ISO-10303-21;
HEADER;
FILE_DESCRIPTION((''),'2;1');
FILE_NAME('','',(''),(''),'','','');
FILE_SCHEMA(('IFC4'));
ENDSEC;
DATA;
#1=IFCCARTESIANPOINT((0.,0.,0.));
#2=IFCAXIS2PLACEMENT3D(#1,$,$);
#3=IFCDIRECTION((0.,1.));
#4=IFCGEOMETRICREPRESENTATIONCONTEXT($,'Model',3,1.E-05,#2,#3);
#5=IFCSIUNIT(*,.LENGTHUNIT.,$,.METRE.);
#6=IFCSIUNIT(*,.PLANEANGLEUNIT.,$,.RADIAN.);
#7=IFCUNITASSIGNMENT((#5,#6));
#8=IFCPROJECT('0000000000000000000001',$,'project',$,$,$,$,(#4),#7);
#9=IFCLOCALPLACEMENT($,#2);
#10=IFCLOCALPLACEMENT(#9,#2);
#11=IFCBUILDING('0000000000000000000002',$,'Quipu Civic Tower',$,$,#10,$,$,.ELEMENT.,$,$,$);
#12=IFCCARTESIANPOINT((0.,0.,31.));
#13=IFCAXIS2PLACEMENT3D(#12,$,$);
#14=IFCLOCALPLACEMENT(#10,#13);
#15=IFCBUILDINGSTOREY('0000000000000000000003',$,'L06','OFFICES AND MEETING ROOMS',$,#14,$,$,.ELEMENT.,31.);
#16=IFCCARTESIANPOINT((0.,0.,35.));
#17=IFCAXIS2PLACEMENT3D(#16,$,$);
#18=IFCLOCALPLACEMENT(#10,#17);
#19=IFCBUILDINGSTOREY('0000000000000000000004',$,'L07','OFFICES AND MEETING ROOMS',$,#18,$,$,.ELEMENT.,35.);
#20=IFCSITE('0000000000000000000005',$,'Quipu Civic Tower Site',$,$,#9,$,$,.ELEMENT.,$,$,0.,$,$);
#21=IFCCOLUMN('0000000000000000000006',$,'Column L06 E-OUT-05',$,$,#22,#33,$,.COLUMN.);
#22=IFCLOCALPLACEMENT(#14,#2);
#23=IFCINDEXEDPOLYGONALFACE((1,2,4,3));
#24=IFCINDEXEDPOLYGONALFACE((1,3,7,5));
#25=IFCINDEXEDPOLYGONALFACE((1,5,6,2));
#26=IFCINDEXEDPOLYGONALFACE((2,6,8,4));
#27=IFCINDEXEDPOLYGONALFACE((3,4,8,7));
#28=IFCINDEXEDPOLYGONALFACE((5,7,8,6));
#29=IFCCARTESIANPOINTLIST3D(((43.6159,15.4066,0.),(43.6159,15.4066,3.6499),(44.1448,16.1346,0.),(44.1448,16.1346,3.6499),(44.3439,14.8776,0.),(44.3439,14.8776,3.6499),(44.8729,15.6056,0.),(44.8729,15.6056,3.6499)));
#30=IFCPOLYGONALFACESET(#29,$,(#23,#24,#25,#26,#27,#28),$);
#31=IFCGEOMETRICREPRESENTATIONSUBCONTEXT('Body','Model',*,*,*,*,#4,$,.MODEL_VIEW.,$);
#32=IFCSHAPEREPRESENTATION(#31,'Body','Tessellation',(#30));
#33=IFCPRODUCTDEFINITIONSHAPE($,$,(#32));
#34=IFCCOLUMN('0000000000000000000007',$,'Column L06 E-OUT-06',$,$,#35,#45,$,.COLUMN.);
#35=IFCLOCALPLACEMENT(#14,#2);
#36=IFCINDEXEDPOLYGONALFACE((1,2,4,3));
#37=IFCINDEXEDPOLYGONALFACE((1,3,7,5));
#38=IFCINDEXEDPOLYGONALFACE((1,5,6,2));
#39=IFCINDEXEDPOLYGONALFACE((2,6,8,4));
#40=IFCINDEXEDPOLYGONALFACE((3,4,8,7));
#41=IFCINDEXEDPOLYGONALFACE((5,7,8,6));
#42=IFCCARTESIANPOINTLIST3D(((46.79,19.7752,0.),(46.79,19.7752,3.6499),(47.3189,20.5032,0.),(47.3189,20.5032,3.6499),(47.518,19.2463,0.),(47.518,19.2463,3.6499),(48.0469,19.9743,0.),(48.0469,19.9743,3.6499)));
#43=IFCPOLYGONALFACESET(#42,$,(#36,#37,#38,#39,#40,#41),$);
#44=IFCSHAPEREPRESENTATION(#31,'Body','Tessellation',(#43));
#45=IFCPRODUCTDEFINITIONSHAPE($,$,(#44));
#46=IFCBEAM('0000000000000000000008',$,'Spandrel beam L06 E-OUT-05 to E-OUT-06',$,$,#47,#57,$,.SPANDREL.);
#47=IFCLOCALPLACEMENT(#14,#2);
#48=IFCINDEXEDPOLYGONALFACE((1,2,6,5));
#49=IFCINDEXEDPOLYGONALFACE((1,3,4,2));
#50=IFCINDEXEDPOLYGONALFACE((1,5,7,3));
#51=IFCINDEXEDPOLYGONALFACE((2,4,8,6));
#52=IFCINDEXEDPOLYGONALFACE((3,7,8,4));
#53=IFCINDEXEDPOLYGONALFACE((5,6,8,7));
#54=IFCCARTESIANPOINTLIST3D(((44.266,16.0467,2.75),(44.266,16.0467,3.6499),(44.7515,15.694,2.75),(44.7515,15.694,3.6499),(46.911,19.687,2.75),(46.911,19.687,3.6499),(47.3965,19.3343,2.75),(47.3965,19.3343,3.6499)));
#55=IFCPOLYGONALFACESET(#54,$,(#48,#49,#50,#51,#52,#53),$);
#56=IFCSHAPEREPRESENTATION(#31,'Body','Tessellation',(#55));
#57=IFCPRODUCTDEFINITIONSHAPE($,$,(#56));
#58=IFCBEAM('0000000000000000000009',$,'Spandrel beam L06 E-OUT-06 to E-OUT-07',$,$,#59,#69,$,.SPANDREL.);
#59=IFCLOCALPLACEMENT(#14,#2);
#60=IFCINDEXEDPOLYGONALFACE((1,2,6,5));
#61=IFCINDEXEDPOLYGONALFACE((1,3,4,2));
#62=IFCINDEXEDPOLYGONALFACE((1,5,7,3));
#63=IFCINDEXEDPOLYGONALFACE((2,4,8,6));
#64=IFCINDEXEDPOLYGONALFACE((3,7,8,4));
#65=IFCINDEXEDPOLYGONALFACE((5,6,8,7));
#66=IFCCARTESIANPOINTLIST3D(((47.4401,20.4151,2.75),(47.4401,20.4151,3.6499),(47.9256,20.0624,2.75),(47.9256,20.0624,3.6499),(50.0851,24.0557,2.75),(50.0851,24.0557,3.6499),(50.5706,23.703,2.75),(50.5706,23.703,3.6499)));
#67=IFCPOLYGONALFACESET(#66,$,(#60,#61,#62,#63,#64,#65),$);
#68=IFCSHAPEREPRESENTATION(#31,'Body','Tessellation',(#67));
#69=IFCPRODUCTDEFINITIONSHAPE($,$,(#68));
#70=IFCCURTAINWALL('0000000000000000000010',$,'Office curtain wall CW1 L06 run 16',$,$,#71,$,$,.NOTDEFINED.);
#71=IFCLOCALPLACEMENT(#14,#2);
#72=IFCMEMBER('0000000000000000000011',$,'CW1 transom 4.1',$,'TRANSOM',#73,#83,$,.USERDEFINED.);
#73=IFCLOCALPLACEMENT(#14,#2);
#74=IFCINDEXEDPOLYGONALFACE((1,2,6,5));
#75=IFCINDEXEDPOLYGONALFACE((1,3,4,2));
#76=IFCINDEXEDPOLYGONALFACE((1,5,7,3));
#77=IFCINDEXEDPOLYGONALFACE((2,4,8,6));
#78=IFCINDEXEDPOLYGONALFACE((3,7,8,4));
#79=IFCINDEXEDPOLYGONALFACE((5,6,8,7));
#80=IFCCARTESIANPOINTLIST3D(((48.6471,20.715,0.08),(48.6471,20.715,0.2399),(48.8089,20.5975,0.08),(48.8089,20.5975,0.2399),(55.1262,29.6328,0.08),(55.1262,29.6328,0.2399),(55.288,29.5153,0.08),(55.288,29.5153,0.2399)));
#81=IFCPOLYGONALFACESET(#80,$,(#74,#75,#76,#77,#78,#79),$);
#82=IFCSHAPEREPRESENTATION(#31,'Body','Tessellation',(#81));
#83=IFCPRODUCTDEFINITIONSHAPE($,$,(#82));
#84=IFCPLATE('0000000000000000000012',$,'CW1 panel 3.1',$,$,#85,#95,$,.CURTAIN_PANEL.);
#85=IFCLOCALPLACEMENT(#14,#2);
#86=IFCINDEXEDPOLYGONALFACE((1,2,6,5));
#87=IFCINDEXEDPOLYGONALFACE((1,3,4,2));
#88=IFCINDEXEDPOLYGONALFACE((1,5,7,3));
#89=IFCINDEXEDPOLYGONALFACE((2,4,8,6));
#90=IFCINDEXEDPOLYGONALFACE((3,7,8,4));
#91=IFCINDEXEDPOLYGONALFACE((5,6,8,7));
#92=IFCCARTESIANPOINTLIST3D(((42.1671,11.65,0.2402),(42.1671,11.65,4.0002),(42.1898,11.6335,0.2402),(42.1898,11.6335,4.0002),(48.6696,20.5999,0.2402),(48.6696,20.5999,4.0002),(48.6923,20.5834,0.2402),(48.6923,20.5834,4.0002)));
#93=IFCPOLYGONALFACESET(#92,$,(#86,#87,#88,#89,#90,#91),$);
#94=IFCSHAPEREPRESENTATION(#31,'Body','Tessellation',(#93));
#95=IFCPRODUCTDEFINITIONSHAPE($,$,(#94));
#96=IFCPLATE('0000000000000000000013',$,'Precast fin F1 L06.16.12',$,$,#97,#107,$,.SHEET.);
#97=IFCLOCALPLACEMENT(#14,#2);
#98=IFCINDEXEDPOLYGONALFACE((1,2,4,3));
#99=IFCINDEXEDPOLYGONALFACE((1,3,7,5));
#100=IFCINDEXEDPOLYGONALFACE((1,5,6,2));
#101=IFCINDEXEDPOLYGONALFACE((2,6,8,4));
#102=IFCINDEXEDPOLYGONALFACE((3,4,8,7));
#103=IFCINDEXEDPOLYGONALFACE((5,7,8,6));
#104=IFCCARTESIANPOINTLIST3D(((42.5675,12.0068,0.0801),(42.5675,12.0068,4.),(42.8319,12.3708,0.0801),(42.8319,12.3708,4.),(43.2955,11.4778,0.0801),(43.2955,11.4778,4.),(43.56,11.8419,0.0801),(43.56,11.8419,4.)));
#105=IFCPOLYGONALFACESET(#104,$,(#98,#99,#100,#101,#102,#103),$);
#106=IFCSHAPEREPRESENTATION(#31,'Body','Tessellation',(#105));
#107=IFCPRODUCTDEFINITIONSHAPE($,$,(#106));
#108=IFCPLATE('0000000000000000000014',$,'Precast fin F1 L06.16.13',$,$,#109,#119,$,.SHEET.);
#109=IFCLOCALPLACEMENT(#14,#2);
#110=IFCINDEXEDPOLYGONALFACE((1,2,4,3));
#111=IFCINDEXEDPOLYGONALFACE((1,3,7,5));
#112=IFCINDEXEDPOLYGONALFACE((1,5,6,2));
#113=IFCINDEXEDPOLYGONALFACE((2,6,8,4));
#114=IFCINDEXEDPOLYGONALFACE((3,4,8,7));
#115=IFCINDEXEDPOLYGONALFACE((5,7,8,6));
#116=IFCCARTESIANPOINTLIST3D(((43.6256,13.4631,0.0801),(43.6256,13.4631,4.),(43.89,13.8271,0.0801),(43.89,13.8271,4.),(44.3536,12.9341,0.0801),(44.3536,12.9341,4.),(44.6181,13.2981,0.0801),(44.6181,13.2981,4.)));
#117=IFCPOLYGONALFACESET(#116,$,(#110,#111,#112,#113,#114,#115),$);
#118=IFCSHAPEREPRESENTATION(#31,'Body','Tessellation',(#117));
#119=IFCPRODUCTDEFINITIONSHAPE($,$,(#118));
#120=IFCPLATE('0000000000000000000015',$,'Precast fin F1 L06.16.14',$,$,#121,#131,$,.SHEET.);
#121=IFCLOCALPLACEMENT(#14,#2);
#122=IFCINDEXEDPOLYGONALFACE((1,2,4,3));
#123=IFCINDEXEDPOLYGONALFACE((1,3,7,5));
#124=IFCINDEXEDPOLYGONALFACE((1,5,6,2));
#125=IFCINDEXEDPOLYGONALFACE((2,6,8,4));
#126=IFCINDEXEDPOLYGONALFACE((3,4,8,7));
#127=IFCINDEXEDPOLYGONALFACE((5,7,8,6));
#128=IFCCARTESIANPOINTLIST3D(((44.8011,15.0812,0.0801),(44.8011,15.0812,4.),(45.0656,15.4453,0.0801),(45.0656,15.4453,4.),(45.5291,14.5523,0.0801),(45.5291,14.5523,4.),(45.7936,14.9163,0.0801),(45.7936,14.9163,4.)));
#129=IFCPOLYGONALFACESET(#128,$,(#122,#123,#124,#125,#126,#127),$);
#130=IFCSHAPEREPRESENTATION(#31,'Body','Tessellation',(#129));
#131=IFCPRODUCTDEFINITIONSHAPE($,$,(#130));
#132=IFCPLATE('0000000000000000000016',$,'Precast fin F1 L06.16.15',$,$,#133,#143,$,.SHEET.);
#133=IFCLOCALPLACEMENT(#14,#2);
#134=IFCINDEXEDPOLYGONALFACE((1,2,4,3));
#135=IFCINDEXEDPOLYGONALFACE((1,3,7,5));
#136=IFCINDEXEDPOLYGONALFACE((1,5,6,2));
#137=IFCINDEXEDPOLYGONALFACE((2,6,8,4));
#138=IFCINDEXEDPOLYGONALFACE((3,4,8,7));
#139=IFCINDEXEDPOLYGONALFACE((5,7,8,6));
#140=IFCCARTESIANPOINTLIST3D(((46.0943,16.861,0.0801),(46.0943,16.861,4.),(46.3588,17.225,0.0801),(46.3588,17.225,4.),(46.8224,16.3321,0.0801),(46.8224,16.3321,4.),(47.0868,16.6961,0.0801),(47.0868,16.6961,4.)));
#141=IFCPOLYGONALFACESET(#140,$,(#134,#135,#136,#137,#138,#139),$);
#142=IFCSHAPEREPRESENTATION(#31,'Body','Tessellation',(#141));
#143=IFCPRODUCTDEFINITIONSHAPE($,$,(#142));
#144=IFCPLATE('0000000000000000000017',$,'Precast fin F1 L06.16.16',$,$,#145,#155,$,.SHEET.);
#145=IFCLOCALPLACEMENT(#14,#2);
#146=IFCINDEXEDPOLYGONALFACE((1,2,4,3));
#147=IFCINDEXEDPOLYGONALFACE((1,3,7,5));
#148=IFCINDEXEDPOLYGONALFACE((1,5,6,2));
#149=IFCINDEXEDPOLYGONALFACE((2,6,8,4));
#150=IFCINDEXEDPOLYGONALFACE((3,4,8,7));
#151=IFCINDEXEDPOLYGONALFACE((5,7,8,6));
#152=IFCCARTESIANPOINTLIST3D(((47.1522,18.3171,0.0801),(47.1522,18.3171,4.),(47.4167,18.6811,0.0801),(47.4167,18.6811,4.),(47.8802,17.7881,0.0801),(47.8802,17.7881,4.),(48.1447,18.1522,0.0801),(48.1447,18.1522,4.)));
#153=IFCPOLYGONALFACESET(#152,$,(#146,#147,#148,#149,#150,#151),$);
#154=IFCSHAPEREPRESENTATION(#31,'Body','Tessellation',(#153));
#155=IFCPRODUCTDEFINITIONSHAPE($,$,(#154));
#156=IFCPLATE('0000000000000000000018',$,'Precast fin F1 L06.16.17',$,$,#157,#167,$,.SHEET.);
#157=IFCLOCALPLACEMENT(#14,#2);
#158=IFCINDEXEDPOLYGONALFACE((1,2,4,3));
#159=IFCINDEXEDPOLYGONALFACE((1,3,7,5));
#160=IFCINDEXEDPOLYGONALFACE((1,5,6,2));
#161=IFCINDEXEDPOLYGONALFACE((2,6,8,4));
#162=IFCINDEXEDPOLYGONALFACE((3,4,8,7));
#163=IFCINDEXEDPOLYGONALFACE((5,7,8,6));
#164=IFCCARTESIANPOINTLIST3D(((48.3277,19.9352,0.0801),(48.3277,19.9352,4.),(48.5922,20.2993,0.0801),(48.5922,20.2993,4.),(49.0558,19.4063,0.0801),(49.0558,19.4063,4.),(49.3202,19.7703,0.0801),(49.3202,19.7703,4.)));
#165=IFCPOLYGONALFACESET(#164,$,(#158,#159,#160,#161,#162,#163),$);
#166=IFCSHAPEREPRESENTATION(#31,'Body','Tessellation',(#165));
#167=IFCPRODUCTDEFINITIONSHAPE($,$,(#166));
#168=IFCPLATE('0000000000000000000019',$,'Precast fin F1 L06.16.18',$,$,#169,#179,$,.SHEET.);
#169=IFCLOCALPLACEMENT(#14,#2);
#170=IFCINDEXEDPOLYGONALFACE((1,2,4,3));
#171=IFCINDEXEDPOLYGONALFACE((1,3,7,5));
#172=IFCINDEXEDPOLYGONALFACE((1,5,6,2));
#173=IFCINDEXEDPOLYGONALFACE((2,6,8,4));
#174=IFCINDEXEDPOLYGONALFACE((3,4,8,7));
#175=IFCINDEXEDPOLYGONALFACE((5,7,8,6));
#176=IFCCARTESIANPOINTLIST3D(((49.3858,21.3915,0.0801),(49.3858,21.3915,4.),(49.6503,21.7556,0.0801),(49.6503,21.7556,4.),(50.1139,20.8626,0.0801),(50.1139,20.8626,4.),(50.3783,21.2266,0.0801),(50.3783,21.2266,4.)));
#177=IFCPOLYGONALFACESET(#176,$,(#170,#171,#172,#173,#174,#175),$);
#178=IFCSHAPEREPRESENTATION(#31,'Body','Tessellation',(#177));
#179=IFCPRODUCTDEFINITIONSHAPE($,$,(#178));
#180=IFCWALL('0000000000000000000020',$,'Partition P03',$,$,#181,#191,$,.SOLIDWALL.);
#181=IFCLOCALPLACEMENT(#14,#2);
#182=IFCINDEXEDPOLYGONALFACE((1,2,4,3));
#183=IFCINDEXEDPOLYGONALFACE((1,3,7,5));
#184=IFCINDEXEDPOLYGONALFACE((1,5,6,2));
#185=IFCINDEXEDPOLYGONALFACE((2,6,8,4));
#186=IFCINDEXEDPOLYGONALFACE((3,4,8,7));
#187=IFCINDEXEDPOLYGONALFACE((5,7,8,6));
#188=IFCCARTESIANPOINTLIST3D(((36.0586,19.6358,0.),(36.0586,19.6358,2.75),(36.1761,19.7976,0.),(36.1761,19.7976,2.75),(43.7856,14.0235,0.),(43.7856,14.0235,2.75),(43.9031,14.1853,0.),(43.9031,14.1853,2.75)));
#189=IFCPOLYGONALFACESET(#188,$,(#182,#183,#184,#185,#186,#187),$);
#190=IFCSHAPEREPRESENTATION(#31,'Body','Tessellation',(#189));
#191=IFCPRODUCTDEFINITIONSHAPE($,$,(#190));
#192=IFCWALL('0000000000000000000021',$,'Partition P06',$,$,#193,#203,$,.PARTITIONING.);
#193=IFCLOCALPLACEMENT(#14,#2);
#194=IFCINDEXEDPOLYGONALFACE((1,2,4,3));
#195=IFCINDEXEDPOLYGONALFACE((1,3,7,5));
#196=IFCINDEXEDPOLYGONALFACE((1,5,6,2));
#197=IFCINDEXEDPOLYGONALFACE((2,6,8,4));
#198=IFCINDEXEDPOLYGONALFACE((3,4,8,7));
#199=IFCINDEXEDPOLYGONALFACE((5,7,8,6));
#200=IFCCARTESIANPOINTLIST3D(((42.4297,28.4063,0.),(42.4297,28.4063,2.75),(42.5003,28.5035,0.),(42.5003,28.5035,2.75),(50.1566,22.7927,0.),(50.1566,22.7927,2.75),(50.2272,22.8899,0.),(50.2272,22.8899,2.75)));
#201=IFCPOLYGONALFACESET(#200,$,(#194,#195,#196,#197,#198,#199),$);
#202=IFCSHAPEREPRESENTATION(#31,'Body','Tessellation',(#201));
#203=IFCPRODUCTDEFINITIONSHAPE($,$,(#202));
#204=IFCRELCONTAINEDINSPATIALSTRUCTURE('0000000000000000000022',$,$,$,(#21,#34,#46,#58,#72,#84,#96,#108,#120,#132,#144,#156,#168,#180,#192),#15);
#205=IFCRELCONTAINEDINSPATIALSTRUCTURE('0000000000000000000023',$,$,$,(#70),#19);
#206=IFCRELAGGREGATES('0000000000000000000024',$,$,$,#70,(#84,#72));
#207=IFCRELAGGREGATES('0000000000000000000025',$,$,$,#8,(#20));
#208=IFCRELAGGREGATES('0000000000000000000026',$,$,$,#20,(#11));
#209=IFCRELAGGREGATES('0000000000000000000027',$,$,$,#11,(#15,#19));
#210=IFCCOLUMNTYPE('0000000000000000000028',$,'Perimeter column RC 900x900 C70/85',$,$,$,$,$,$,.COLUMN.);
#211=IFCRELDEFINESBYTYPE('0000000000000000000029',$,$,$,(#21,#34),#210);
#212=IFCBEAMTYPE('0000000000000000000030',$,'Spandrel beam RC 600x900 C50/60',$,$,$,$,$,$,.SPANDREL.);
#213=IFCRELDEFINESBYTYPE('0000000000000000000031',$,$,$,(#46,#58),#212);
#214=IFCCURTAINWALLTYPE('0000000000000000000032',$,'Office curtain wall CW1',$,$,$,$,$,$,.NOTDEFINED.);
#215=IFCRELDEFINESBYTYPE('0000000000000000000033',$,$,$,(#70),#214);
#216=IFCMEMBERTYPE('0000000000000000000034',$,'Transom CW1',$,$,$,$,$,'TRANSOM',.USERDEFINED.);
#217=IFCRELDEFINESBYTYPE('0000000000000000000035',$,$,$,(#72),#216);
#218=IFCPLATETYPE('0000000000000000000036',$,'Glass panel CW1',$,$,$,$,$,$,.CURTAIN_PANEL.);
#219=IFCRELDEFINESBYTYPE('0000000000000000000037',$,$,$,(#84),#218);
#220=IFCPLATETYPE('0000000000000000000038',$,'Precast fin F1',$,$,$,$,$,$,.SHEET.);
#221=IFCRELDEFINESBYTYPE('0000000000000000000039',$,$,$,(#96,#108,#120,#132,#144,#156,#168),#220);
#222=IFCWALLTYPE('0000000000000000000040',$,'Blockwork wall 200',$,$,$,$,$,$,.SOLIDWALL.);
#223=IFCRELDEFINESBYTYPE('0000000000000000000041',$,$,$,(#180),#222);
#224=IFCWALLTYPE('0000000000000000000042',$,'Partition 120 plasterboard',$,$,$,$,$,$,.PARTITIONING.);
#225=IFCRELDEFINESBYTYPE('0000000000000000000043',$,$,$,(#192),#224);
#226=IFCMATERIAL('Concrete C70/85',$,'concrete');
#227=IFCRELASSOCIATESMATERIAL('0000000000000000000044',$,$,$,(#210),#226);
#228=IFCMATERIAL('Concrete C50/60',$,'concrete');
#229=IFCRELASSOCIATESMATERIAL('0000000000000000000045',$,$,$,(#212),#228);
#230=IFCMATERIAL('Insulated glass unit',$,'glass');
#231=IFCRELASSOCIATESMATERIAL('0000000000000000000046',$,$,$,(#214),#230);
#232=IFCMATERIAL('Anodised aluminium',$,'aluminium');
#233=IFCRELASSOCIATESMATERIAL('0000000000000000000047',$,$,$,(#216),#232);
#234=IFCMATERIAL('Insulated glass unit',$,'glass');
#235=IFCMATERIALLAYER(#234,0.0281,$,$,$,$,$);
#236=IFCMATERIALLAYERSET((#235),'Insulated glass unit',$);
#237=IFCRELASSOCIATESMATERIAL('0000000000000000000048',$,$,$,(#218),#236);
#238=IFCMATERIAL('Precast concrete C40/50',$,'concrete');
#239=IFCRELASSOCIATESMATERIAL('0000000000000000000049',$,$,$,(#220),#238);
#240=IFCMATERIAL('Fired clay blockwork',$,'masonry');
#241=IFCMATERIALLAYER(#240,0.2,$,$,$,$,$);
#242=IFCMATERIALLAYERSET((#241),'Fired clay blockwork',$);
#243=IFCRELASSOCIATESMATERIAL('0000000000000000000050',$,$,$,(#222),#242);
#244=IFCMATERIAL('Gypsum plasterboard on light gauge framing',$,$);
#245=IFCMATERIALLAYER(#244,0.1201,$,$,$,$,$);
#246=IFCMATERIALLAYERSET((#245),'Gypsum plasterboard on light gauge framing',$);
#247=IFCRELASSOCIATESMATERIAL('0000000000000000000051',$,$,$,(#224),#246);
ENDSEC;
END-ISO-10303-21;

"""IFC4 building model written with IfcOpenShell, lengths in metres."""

from ifc_helpers import new_model, si_unit, direction, frame, frame_2d, origin, origin_2d, place, context, subcontext, project, spatial, rectangle, extrude, material, layer, layer_set, material_profile, profile_set, type_object, element, aggregate, save


model = new_model("IFC4")

# Units and contexts
model_context = context("Model", 3, precision=1e-05, world=origin(), true_north=direction((0.0, 1.0)))
body_context = subcontext(model_context, "Body", "Model", "MODEL_VIEW")
ifc_project = project(units=[si_unit("LENGTHUNIT", "METRE"), si_unit("PLANEANGLEUNIT", "RADIAN")], contexts=[model_context])

# Site, building, storey
site_placement = place(None, origin())
site = spatial("IfcSite", under=ifc_project, at=site_placement, Name="Quipu Civic Tower Site", CompositionType="ELEMENT", RefElevation=0.0)
building_placement = place(site_placement, origin())
building = spatial("IfcBuilding", under=site, at=building_placement, Name="Quipu Civic Tower", CompositionType="ELEMENT")
storey_1_placement = place(building_placement, frame((0.0, 0.0, 31.0)))
storey_1 = spatial("IfcBuildingStorey", under=building, at=storey_1_placement, Name="L06", Description="OFFICES AND MEETING ROOMS", CompositionType="ELEMENT", Elevation=31.0)

# Columns
ifc_material_1 = material(Name="Concrete C70/85", Category="concrete")
ifc_material_profile_1 = material_profile(ifc_material_1, rectangle(XDim=0.8999, YDim=0.8999, at=origin_2d()), Name="RC900x900")
ifc_profile_set_1 = profile_set([ifc_material_profile_1], Name="Concrete C70/85")
column_type = type_object("IfcColumnType", Name="Perimeter column RC 900x900 C70/85", PredefinedType="COLUMN", material=ifc_profile_set_1)
for number, where, z_axis, x_axis, name in (
    (1, (44.2444, 15.5061, 0.0), (0.0, 0.0, 1.0), (0.587785, 0.809017, 0.0), "Column L06 E-OUT-05"),
    (2, (47.4185, 19.8748, 0.0), (0.0, 0.0, 1.0), (0.587785, 0.809017, 0.0), "Column L06 E-OUT-06"),
):
    element("IfcColumn", number, at=place(storey_1_placement, frame(where, z_axis=z_axis, x_axis=x_axis)), inside=storey_1, type_object=column_type, Name=name, PredefinedType="COLUMN", context=body_context, shape_type="SweptSolid", body=[
        extrude(rectangle(XDim=0.8999, YDim=0.8999, at=origin_2d()), origin(), (0.0, 0.0, 1.0), 3.6499),
    ])

# Beams
ifc_material_2 = material(Name="Concrete C50/60", Category="concrete")
ifc_material_profile_2 = material_profile(ifc_material_2, rectangle(XDim=0.6001, YDim=0.8999, at=origin_2d()), Name="RC600x900")
ifc_profile_set_2 = profile_set([ifc_material_profile_2], Name="Concrete C50/60")
beam_type = type_object("IfcBeamType", Name="Spandrel beam RC 600x900 C50/60", PredefinedType="SPANDREL", material=ifc_profile_set_2)
beam_1_placement = place(storey_1_placement, frame((44.5088, 15.8704, 3.2), z_axis=(0.587804, 0.809003, 0.0), x_axis=(-0.809003, 0.587804, 0.0)))
element("IfcBeam", 3, at=beam_1_placement, inside=storey_1, type_object=beam_type, Name="Spandrel beam L06 E-OUT-05 to E-OUT-06", PredefinedType="SPANDREL", context=body_context, shape_type="SweptSolid", body=[
    extrude(rectangle(XDim=0.6001, YDim=0.8999, at=origin_2d()), origin(), (0.0, 0.0, 1.0), 4.4998),
])
beam_2_placement = place(storey_1_placement, frame((47.6829, 20.2388, 3.2), z_axis=(0.587778, 0.809022, 0.0), x_axis=(-0.809022, 0.587778, 0.0)))
element("IfcBeam", 4, at=beam_2_placement, inside=storey_1, type_object=beam_type, Name="Spandrel beam L06 E-OUT-06 to E-OUT-07", PredefinedType="SPANDREL", context=body_context, shape_type="SweptSolid", body=[
    extrude(rectangle(XDim=0.6001, YDim=0.8999, at=origin_2d()), origin(), (0.0, 0.0, 1.0), 4.5),
])

# Shared definitions
storey_2_placement = place(building_placement, frame((0.0, 0.0, 35.0)))
storey_2 = spatial("IfcBuildingStorey", under=building, at=storey_2_placement, Name="L07", Description="OFFICES AND MEETING ROOMS", CompositionType="ELEMENT", Elevation=35.0)

# Curtain wall, member, plate
ifc_material_3 = material(Name="Insulated glass unit", Category="glass")
curtain_wall_type = type_object("IfcCurtainWallType", Name="Office curtain wall CW1", PredefinedType="NOTDEFINED", material=ifc_material_3)
curtain_wall_placement = place(storey_2_placement, origin())
curtain_wall = element("IfcCurtainWall", 5, at=curtain_wall_placement, inside=storey_2, type_object=curtain_wall_type, Name="Office curtain wall CW1 L06 run 16", PredefinedType="NOTDEFINED")
ifc_material_4 = material(Name="Anodised aluminium", Category="aluminium")
ifc_material_profile_3 = material_profile(ifc_material_4, rectangle(XDim=0.2, YDim=0.1599, at=origin_2d()), Name="RECT 200x160")
ifc_profile_set_3 = profile_set([ifc_material_profile_3], Name="Anodised aluminium")
member_type = type_object("IfcMemberType", Name="Transom CW1", ElementType="TRANSOM", PredefinedType="USERDEFINED", material=ifc_profile_set_3)
member_placement = place(storey_1_placement, frame((48.728, 20.6562, 0.1599), z_axis=(0.587779, 0.809021, 0.0), x_axis=(-0.809021, 0.587779, 0.0)))
member = element("IfcMember", 6, at=member_placement, inside=storey_1, type_object=member_type, Name="CW1 transom 4.1", ObjectType="TRANSOM", PredefinedType="USERDEFINED", context=body_context, shape_type="SweptSolid", body=[
    extrude(rectangle(XDim=0.2, YDim=0.1599, at=origin_2d()), origin(), (0.0, 0.0, 1.0), 11.0229),
])
ifc_material_5 = material(Name="Insulated glass unit", Category="glass")
ifc_layer_1 = layer(ifc_material_5, 0.0281)
ifc_layer_set_1 = layer_set([ifc_layer_1], Name="Insulated glass unit")
plate_type_1 = type_object("IfcPlateType", Name="Glass panel CW1", PredefinedType="CURTAIN_PANEL", material=ifc_layer_set_1)
plate_placement = place(storey_1_placement, frame((45.4297, 16.1167, 0.2402), z_axis=(0.0, 0.0, 1.0), x_axis=(0.587786, 0.809017, 0.0)))
plate = element("IfcPlate", 7, at=plate_placement, inside=storey_1, type_object=plate_type_1, Name="CW1 panel 3.1", PredefinedType="CURTAIN_PANEL", context=body_context, shape_type="SweptSolid", body=[
    extrude(rectangle(XDim=11.0627, YDim=0.0281, at=origin_2d()), origin(), (0.0, 0.0, 1.0), 3.76),
])
aggregate(curtain_wall, [plate, member])

# Plates
ifc_material_6 = material(Name="Precast concrete C40/50", Category="concrete")
plate_type_2 = type_object("IfcPlateType", Name="Precast fin F1", PredefinedType="SHEET", material=ifc_material_6)
for number, where, z_axis, x_axis, name in (
    (8, (43.0637, 11.9243, 0.0801), (0.0, 0.0, 1.0), (0.587786, 0.809017, 0.0), "Precast fin F1 L06.16.12"),
    (9, (44.1218, 13.3806, 0.0801), (0.0, 0.0, 1.0), (0.587786, 0.809017, 0.0), "Precast fin F1 L06.16.13"),
    (10, (45.2974, 14.9988, 0.0801), (0.0, 0.0, 1.0), (0.587786, 0.809017, 0.0), "Precast fin F1 L06.16.14"),
    (11, (46.5906, 16.7786, 0.0801), (0.0, 0.0, 1.0), (0.587786, 0.809017, 0.0), "Precast fin F1 L06.16.15"),
    (12, (47.6484, 18.2346, 0.0801), (0.0, 0.0, 1.0), (0.587786, 0.809017, 0.0), "Precast fin F1 L06.16.16"),
    (13, (48.824, 19.8528, 0.0801), (0.0, 0.0, 1.0), (0.587786, 0.809017, 0.0), "Precast fin F1 L06.16.17"),
    (14, (49.8821, 21.3091, 0.0801), (0.0, 0.0, 1.0), (0.587786, 0.809017, 0.0), "Precast fin F1 L06.16.18"),
):
    element("IfcPlate", number, at=place(storey_1_placement, frame(where, z_axis=z_axis, x_axis=x_axis)), inside=storey_1, type_object=plate_type_2, Name=name, PredefinedType="SHEET", context=body_context, shape_type="SweptSolid", body=[
        extrude(rectangle(XDim=0.45, YDim=0.8999, at=origin_2d()), origin(), (0.0, 0.0, 1.0), 3.9199),
    ])

# Walls
ifc_material_7 = material(Name="Fired clay blockwork", Category="masonry")
ifc_layer_2 = layer(ifc_material_7, 0.2)
ifc_layer_set_2 = layer_set([ifc_layer_2], Name="Fired clay blockwork")
wall_type_1 = type_object("IfcWallType", Name="Blockwork wall 200", PredefinedType="SOLIDWALL", material=ifc_layer_set_2)
wall_1_placement = place(storey_1_placement, frame((43.8442, 14.1045, 0.0), z_axis=(0.0, 0.0, 1.0), x_axis=(-0.809103, 0.587667, 0.0)))
element("IfcWall", 15, at=wall_1_placement, inside=storey_1, type_object=wall_type_1, Name="Partition P03", PredefinedType="SOLIDWALL", context=body_context, shape_type="SweptSolid", body=[
    extrude(rectangle(XDim=9.55, YDim=0.2, at=frame_2d((4.7749, 0.0))), origin(), (0.0, 0.0, 1.0), 2.75),
])
ifc_material_8 = material(Name="Gypsum plasterboard on light gauge framing")
ifc_layer_3 = layer(ifc_material_8, 0.1201)
ifc_layer_set_3 = layer_set([ifc_layer_3], Name="Gypsum plasterboard on light gauge framing")
wall_type_2 = type_object("IfcWallType", Name="Partition 120 plasterboard", PredefinedType="PARTITIONING", material=ifc_layer_set_3)
wall_2_placement = place(storey_1_placement, frame((50.1919, 22.8413, 0.0), z_axis=(0.0, 0.0, 1.0), x_axis=(-0.809033, 0.587763, 0.0)))
element("IfcWall", 16, at=wall_2_placement, inside=storey_1, type_object=wall_type_2, Name="Partition P06", PredefinedType="PARTITIONING", context=body_context, shape_type="SweptSolid", body=[
    extrude(rectangle(XDim=9.5508, YDim=0.1201, at=frame_2d((4.7754, 0.0))), origin(), (0.0, 0.0, 1.0), 2.75),
])

save(model, "model.ifc")
